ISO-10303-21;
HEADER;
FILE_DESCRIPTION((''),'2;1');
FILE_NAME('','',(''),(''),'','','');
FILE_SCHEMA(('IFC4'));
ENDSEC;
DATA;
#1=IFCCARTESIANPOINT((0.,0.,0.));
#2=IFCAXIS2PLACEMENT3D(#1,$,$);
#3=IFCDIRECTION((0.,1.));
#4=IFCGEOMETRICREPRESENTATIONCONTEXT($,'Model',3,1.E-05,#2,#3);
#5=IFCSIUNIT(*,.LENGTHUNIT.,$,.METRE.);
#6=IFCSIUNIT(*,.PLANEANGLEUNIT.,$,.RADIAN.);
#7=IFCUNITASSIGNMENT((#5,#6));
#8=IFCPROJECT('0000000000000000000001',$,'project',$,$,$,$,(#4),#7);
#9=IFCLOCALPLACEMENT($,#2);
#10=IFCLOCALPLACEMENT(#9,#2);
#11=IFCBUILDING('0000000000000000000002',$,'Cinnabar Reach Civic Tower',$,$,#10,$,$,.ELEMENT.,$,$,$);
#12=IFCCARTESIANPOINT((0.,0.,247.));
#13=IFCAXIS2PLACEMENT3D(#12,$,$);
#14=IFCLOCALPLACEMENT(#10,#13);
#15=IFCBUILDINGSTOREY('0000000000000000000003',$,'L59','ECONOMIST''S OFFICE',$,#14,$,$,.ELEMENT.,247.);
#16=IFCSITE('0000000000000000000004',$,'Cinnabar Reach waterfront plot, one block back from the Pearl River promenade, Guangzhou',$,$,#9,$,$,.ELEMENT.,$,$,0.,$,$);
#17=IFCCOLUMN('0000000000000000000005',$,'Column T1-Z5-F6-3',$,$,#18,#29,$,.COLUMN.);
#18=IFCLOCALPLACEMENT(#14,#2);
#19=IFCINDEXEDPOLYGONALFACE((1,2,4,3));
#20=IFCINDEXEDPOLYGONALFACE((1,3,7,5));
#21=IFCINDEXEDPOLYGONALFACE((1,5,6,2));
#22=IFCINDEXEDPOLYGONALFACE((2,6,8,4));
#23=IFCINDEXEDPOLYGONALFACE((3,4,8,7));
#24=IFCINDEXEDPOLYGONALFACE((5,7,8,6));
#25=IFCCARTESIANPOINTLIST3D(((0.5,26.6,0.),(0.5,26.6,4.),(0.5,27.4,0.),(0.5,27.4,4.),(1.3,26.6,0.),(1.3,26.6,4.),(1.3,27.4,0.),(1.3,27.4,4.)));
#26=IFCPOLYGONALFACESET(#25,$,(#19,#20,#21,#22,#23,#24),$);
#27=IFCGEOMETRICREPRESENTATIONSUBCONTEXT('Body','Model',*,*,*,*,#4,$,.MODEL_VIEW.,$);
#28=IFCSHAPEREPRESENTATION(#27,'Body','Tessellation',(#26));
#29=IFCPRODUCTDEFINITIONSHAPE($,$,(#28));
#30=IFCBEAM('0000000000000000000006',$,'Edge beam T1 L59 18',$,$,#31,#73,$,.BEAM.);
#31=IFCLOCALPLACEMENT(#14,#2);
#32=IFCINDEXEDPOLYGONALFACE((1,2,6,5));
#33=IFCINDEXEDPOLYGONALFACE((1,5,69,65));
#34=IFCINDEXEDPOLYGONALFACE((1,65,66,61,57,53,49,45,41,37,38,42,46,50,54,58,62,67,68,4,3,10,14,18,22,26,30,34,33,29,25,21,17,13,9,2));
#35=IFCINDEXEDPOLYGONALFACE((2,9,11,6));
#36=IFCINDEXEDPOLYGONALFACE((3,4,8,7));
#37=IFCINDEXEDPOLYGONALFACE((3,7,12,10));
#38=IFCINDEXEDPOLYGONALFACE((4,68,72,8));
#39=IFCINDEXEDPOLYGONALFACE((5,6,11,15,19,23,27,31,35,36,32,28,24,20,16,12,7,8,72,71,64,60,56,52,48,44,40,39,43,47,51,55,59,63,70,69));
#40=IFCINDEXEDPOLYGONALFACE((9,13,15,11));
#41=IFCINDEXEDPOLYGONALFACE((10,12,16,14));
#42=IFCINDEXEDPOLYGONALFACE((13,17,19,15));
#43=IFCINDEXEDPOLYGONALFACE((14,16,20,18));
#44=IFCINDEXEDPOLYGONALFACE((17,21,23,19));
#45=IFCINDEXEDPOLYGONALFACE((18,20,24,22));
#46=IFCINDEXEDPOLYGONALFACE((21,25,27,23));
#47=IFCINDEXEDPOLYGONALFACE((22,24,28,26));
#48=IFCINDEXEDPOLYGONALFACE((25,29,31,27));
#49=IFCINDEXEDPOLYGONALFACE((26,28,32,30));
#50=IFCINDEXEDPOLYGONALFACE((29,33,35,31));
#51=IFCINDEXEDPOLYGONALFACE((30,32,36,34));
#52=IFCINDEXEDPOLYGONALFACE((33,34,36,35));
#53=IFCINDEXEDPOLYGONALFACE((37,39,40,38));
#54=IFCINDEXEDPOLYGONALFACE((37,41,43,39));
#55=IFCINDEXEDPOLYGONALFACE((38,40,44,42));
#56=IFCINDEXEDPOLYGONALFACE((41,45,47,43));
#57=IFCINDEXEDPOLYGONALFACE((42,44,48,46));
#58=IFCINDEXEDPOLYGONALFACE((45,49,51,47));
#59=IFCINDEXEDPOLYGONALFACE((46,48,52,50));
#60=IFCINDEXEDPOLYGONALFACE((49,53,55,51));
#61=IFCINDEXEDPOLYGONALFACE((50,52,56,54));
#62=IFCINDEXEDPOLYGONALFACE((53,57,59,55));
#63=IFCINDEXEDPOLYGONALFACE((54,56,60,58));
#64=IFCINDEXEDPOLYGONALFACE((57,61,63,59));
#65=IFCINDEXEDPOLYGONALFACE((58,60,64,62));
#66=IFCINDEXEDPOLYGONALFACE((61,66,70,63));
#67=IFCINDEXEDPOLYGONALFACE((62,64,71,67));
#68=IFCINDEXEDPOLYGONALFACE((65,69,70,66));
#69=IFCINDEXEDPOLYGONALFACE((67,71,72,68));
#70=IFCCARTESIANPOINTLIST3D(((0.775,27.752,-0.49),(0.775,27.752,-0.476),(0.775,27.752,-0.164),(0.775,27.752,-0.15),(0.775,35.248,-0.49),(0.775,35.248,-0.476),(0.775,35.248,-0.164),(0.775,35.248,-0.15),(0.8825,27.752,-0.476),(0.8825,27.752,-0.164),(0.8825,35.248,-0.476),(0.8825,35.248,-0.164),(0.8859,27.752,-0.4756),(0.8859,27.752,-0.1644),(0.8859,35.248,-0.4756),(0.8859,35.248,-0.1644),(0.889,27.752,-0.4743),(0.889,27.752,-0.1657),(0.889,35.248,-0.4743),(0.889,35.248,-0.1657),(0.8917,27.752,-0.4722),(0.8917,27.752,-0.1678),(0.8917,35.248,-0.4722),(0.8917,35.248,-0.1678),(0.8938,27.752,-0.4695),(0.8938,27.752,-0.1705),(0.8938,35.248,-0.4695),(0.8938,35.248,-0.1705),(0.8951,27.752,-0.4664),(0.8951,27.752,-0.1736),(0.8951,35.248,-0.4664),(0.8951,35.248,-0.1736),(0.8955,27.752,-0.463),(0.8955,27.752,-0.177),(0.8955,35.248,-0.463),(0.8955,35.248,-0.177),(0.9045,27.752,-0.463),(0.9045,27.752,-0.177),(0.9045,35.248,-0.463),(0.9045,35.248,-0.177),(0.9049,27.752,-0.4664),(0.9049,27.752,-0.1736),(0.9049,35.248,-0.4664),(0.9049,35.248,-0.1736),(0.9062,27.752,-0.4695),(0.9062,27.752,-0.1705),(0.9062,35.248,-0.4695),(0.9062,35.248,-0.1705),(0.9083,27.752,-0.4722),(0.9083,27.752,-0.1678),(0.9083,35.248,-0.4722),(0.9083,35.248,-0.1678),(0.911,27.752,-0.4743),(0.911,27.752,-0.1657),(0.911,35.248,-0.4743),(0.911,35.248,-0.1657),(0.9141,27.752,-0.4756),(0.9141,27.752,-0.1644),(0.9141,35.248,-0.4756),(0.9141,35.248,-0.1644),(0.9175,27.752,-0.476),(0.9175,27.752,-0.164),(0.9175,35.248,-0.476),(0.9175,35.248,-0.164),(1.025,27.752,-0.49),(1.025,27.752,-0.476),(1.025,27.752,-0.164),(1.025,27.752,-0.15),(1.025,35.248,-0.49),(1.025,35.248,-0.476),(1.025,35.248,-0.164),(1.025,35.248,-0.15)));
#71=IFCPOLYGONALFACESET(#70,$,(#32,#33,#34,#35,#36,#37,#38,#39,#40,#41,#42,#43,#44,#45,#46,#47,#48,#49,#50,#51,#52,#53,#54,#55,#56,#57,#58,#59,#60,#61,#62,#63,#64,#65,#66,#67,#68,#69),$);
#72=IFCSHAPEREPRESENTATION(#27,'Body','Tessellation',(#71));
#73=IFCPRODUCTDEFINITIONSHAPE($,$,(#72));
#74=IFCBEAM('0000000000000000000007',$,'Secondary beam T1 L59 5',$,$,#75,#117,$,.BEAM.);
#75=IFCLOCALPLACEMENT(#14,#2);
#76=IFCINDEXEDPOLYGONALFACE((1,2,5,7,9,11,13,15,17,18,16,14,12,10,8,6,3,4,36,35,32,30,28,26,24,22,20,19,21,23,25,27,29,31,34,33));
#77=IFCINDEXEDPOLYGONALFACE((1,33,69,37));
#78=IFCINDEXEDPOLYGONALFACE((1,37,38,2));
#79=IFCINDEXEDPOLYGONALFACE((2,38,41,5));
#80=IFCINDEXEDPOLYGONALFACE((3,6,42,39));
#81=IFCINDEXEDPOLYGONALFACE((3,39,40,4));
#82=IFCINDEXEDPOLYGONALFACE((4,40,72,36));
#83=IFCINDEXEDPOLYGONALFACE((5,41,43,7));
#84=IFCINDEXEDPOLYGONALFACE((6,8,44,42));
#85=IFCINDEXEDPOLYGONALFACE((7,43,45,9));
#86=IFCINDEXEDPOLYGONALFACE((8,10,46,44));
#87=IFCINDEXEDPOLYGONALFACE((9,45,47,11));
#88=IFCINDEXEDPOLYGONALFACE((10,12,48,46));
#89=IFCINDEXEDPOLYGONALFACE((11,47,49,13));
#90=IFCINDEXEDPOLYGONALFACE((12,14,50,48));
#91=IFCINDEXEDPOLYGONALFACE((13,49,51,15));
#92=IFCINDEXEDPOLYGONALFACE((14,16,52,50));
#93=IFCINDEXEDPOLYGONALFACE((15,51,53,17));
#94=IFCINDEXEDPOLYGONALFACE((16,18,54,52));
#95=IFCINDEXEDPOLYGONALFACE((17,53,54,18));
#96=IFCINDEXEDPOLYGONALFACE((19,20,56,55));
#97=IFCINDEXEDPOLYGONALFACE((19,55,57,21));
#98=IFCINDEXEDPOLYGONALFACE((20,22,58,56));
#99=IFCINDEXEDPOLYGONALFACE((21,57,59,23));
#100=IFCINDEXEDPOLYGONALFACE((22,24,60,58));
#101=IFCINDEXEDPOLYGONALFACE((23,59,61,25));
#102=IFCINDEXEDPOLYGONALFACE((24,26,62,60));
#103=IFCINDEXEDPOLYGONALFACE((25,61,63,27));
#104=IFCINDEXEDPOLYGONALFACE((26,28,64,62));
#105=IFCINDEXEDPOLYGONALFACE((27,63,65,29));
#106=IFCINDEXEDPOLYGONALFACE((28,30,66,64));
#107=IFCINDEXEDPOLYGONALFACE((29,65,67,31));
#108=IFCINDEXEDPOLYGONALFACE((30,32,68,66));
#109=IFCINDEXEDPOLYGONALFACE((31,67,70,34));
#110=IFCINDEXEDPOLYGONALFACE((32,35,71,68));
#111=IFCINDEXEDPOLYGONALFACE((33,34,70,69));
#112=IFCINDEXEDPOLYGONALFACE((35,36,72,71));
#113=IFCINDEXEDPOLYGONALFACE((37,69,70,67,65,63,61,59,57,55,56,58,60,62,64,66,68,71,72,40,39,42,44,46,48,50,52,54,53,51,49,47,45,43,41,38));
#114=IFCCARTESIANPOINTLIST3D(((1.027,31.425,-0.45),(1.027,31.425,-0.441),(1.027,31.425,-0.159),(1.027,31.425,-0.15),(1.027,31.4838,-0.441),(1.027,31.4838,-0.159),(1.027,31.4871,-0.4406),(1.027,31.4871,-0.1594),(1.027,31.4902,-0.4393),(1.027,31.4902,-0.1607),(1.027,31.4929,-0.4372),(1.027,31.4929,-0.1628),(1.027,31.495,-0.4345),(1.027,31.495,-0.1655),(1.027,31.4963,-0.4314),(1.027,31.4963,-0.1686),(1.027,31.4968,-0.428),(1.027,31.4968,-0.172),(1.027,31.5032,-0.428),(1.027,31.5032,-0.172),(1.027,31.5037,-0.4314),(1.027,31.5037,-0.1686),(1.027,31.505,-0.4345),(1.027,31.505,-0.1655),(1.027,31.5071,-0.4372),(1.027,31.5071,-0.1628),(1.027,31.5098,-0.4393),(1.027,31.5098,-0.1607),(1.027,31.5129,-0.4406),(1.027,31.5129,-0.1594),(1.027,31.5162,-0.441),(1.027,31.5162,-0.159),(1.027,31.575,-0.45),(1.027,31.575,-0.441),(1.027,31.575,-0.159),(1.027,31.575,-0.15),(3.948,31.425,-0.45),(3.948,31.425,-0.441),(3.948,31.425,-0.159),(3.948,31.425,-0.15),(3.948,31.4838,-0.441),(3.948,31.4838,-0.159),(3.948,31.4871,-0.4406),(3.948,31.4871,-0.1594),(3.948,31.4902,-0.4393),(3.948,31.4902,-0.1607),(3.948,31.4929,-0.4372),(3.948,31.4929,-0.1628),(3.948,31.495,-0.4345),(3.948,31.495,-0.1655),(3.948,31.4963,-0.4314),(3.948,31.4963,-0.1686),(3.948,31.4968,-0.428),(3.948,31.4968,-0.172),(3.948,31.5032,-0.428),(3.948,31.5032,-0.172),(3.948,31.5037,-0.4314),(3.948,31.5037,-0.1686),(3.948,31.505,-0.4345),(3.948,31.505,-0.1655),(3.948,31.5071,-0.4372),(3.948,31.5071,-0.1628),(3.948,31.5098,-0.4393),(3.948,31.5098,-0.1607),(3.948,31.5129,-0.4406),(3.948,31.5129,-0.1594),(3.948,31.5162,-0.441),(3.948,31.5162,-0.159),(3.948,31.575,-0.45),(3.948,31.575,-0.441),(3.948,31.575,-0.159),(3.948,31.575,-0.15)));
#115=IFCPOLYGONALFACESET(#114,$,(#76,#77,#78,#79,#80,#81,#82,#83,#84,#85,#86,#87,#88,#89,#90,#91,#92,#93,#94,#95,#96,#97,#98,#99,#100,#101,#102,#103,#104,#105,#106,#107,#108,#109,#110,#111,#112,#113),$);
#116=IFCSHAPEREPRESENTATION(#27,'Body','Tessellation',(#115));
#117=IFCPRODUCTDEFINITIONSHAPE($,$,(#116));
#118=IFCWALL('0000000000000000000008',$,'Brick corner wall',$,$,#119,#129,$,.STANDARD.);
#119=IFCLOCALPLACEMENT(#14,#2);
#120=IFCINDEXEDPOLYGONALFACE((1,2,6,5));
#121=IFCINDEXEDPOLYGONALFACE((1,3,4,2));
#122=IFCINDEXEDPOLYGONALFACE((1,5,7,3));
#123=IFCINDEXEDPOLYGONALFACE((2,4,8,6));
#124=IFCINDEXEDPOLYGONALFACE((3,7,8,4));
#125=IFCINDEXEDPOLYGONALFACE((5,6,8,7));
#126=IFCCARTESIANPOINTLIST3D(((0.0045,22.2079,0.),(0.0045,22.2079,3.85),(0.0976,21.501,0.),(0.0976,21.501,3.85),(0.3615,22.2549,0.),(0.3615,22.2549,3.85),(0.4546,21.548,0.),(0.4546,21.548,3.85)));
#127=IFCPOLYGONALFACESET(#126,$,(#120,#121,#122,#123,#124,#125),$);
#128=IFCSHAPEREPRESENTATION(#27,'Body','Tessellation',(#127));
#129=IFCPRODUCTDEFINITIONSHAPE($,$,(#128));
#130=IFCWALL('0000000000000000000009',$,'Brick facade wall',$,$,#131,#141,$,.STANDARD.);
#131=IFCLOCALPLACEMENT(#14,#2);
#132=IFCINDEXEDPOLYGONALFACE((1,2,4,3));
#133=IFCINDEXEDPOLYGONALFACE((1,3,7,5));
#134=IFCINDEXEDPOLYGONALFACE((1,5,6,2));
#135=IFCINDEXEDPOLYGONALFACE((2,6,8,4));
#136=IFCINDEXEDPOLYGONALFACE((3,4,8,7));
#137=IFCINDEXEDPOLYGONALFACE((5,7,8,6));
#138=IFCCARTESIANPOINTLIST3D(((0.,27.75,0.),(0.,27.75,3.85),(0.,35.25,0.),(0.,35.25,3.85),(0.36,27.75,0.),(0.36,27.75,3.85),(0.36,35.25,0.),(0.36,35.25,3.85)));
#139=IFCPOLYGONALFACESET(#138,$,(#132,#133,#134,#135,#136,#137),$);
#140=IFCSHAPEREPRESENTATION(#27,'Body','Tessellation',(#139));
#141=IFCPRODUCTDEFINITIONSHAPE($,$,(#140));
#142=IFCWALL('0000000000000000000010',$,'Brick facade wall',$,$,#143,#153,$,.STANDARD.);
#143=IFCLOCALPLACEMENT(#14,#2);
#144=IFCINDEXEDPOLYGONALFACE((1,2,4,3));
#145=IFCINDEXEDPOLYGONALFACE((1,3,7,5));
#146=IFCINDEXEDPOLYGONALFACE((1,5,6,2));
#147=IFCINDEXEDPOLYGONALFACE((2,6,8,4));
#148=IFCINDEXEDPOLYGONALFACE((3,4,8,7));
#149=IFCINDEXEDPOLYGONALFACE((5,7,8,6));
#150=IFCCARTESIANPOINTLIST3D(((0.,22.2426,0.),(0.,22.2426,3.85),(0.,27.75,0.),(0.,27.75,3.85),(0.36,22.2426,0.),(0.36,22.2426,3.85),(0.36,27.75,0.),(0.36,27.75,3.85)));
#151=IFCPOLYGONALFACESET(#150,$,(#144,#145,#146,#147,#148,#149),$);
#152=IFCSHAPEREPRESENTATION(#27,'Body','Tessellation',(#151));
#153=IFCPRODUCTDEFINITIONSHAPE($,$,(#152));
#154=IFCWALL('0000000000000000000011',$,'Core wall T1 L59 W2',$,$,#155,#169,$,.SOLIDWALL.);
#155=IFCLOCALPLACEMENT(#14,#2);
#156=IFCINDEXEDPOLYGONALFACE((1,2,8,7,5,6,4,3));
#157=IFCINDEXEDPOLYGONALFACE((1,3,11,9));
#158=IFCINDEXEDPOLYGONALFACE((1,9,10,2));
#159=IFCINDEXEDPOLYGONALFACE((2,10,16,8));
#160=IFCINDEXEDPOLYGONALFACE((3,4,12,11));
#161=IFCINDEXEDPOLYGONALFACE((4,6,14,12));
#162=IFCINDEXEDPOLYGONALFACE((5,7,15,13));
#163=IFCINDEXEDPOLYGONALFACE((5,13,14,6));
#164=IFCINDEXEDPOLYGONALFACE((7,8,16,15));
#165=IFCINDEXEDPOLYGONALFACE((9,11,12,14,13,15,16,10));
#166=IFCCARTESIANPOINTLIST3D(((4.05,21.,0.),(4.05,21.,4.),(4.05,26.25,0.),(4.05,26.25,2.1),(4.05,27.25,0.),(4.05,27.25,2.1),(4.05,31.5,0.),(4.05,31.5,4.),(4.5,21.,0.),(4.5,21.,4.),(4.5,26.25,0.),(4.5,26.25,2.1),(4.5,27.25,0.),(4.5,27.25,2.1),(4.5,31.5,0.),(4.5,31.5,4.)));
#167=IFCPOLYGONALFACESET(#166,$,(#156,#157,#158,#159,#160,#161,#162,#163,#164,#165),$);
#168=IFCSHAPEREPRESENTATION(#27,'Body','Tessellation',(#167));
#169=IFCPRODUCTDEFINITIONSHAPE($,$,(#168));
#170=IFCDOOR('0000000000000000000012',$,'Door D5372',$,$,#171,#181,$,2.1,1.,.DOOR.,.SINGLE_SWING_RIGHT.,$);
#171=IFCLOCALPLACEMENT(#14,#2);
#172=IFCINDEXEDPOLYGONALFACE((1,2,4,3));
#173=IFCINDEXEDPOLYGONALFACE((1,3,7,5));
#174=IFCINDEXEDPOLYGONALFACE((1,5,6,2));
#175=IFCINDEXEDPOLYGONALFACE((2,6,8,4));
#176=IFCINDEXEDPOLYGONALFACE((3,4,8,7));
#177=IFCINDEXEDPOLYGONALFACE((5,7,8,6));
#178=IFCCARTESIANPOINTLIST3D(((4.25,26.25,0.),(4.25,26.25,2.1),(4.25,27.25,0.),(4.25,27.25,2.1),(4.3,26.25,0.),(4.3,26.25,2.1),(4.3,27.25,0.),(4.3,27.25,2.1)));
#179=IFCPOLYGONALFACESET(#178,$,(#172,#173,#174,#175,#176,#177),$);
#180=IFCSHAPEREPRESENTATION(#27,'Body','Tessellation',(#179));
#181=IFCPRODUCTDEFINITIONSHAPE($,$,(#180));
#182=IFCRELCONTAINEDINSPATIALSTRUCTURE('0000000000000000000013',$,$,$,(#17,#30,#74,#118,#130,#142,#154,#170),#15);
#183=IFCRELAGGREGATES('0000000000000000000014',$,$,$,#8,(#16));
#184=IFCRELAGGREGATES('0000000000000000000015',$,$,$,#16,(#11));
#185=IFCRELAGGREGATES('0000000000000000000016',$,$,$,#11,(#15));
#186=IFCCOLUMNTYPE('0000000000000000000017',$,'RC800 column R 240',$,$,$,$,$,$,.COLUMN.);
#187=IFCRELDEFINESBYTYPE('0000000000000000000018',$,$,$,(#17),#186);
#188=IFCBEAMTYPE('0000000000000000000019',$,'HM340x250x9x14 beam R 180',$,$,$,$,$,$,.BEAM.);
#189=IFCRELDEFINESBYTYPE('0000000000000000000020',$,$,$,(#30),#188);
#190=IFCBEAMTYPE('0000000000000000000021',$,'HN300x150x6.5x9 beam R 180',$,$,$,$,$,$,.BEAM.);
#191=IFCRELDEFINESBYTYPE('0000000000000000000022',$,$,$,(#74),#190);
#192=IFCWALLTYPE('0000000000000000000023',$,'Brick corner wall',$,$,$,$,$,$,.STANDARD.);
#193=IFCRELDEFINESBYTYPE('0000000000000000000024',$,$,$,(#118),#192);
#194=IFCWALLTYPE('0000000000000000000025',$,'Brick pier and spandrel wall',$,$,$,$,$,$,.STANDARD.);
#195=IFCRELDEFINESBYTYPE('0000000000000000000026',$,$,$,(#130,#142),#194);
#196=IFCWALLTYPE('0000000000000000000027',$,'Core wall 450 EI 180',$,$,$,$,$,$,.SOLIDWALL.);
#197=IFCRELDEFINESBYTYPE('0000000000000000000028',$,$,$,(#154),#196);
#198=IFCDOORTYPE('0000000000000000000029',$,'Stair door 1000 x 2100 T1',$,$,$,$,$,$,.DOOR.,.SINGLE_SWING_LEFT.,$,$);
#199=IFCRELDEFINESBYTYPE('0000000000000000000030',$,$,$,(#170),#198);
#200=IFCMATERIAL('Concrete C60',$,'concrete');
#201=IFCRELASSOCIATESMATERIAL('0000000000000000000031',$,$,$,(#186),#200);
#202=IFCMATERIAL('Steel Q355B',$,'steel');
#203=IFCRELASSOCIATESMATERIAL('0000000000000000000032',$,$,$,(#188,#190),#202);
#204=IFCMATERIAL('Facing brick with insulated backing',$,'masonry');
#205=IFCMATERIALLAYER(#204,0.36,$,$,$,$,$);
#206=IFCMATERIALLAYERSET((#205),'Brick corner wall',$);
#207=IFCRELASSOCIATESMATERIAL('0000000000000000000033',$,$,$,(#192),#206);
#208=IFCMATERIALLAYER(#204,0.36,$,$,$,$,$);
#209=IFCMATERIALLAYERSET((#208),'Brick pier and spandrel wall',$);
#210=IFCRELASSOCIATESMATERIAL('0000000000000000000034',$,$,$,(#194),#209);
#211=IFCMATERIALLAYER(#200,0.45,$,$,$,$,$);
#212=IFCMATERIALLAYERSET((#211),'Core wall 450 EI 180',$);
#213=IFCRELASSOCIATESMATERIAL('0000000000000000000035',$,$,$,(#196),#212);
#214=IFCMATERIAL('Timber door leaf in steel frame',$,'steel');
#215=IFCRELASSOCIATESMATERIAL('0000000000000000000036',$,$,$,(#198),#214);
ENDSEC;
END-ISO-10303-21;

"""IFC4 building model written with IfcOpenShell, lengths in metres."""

from ifc_helpers import new_model, si_unit, direction, frame, frame_2d, origin, origin_2d, place, context, subcontext, project, spatial, rectangle, i_section, extrude, material, layer, layer_set, material_profile, profile_set, type_object, element, fill, save


model = new_model("IFC4")

# Units and contexts
model_context = context("Model", 3, precision=1e-05, world=origin(), true_north=direction((0.0, 1.0)))
body_context = subcontext(model_context, "Body", "Model", "MODEL_VIEW")
ifc_project = project(units=[si_unit("LENGTHUNIT", "METRE"), si_unit("PLANEANGLEUNIT", "RADIAN")], contexts=[model_context])

# Site, building, storey
site_placement = place(None, origin())
site = spatial("IfcSite", under=ifc_project, at=site_placement, Name="Cinnabar Reach waterfront plot, one block back from the Pearl River promenade, Guangzhou", CompositionType="ELEMENT", RefElevation=0.0)
building_placement = place(site_placement, origin())
building = spatial("IfcBuilding", under=site, at=building_placement, Name="Cinnabar Reach Civic Tower", CompositionType="ELEMENT")
storey_placement = place(building_placement, frame((0.0, 0.0, 247.0)))
storey = spatial("IfcBuildingStorey", under=building, at=storey_placement, Name="L59", Description="ECONOMIST'S OFFICE", CompositionType="ELEMENT", Elevation=247.0)

# Column
ifc_material_1 = material(Name="Concrete C60", Category="concrete")
ifc_material_profile_1 = material_profile(ifc_material_1, rectangle(XDim=0.8, YDim=0.8, at=origin_2d()), Name="RC800")
ifc_profile_set_1 = profile_set([ifc_material_profile_1], Name="Concrete C60")
column_type = type_object("IfcColumnType", Name="RC800 column R 240", PredefinedType="COLUMN", material=ifc_profile_set_1)
column_placement = place(storey_placement, frame((0.9, 27.0, 0.0), z_axis=(0.0, 0.0, 1.0), x_axis=(1.0, 0.0, 0.0)))
element("IfcColumn", 1, at=column_placement, inside=storey, type_object=column_type, Name="Column T1-Z5-F6-3", PredefinedType="COLUMN", context=body_context, shape_type="SweptSolid", body=[
    extrude(rectangle(XDim=0.8, YDim=0.8, at=origin_2d()), origin(), (0.0, 0.0, 1.0), 4.0),
])

# Beams
ifc_material_2 = material(Name="Steel Q355B", Category="steel")
ifc_material_profile_2 = material_profile(ifc_material_2, i_section(OverallWidth=0.25, OverallDepth=0.34, WebThickness=0.009, FlangeThickness=0.014, FilletRadius=0.013, at=origin_2d()), Name="HM340x250x9x14")
ifc_profile_set_2 = profile_set([ifc_material_profile_2], Name="Steel Q355B")
beam_type_1 = type_object("IfcBeamType", Name="HM340x250x9x14 beam R 180", PredefinedType="BEAM", material=ifc_profile_set_2)
beam_1_placement = place(storey_placement, frame((0.9, 35.248, -0.32), z_axis=(0.0, -1.0, 0.0), x_axis=(1.0, 0.0, 0.0)))
element("IfcBeam", 2, at=beam_1_placement, inside=storey, type_object=beam_type_1, Name="Edge beam T1 L59 18", PredefinedType="BEAM", context=body_context, shape_type="SweptSolid", body=[
    extrude(i_section(OverallWidth=0.25, OverallDepth=0.34, WebThickness=0.009, FlangeThickness=0.014, FilletRadius=0.013, at=origin_2d()), origin(), (0.0, 0.0, 1.0), 7.496),
])
ifc_material_profile_3 = material_profile(ifc_material_2, i_section(OverallWidth=0.15, OverallDepth=0.3, WebThickness=0.0065, FlangeThickness=0.009, FilletRadius=0.013, at=origin_2d()), Name="HN300x150x6.5x9")
ifc_profile_set_3 = profile_set([ifc_material_profile_3], Name="Steel Q355B")
beam_type_2 = type_object("IfcBeamType", Name="HN300x150x6.5x9 beam R 180", PredefinedType="BEAM", material=ifc_profile_set_3)
beam_2_placement = place(storey_placement, frame((1.027, 31.5, -0.3), z_axis=(1.0, 0.0, 0.0), x_axis=(0.0, 1.0, 0.0)))
element("IfcBeam", 3, at=beam_2_placement, inside=storey, type_object=beam_type_2, Name="Secondary beam T1 L59 5", PredefinedType="BEAM", context=body_context, shape_type="SweptSolid", body=[
    extrude(i_section(OverallWidth=0.15, OverallDepth=0.3, WebThickness=0.0065, FlangeThickness=0.009, FilletRadius=0.013, at=origin_2d()), origin(), (0.0, 0.0, 1.0), 2.921),
])

# Walls
ifc_material_3 = material(Name="Facing brick with insulated backing", Category="masonry")
ifc_layer_1 = layer(ifc_material_3, 0.36)
ifc_layer_set_1 = layer_set([ifc_layer_1], Name="Brick corner wall")
wall_type_1 = type_object("IfcWallType", Name="Brick corner wall", PredefinedType="STANDARD", material=ifc_layer_set_1)
wall_1_placement = place(storey_placement, frame((0.183, 22.2314, 0.0), z_axis=(0.0, 0.0, 1.0), x_axis=(0.130556, -0.991441, 0.0)))
element("IfcWall", 4, at=wall_1_placement, inside=storey, type_object=wall_type_1, Name="Brick corner wall", PredefinedType="STANDARD", context=body_context, shape_type="SweptSolid", body=[
    extrude(rectangle(XDim=0.7131, YDim=0.36, at=frame_2d((0.3565, 0.0))), origin(), (0.0, 0.0, 1.0), 3.85),
])
ifc_layer_2 = layer(ifc_material_3, 0.36)
ifc_layer_set_2 = layer_set([ifc_layer_2], Name="Brick pier and spandrel wall")
wall_type_2 = type_object("IfcWallType", Name="Brick pier and spandrel wall", PredefinedType="STANDARD", material=ifc_layer_set_2)
wall_2_placement = place(storey_placement, frame((0.18, 35.25, 0.0), z_axis=(0.0, 0.0, 1.0), x_axis=(0.0, -1.0, 0.0)))
element("IfcWall", 5, at=wall_2_placement, inside=storey, type_object=wall_type_2, Name="Brick facade wall", PredefinedType="STANDARD", context=body_context, shape_type="SweptSolid", body=[
    extrude(rectangle(XDim=7.5, YDim=0.36, at=frame_2d((3.75, 0.0))), origin(), (0.0, 0.0, 1.0), 3.85),
])
wall_3_placement = place(storey_placement, frame((0.18, 27.75, 0.0), z_axis=(0.0, 0.0, 1.0), x_axis=(0.0, -1.0, 0.0)))
element("IfcWall", 6, at=wall_3_placement, inside=storey, type_object=wall_type_2, Name="Brick facade wall", PredefinedType="STANDARD", context=body_context, shape_type="SweptSolid", body=[
    extrude(rectangle(XDim=5.5074, YDim=0.36, at=frame_2d((2.7537, 0.0))), origin(), (0.0, 0.0, 1.0), 3.85),
])

# Wall, opening, door
ifc_layer_3 = layer(ifc_material_1, 0.45)
ifc_layer_set_3 = layer_set([ifc_layer_3], Name="Core wall 450 EI 180")
wall_type_3 = type_object("IfcWallType", Name="Core wall 450 EI 180", PredefinedType="SOLIDWALL", material=ifc_layer_set_3)
wall_4_placement = place(storey_placement, frame((4.275, 31.5, 0.0), z_axis=(0.0, 0.0, 1.0), x_axis=(0.0, -1.0, 0.0)))
wall_4 = element("IfcWall", 7, at=wall_4_placement, inside=storey, type_object=wall_type_3, Name="Core wall T1 L59 W2", PredefinedType="SOLIDWALL", context=body_context, shape_type="SweptSolid", body=[
    extrude(rectangle(XDim=10.5, YDim=0.45, at=frame_2d((5.25, 0.0))), origin(), (0.0, 0.0, 1.0), 4.0),
])
opening_1_placement = place(wall_4_placement, frame((4.25, 0.0, 0.0)))
opening_1 = element("IfcOpeningElement", 8, at=opening_1_placement, cuts=wall_4, PredefinedType="OPENING", context=body_context, shape_type="SweptSolid", body=[
    extrude(rectangle(XDim=1.0, YDim=2.1, at=frame_2d((0.5, 1.05))), frame((0.0, 0.235, 0.0), z_axis=(0.0, -1.0, 0.0), x_axis=(1.0, 0.0, 0.0)), (0.0, 0.0, 1.0), 0.47),
])
ifc_material_4 = material(Name="Timber door leaf in steel frame", Category="steel")
door_type = type_object("IfcDoorType", Name="Stair door 1000 x 2100 T1", OperationType="SINGLE_SWING_LEFT", PredefinedType="DOOR", material=ifc_material_4)
door_1_placement = place(opening_1_placement, frame((1.0, 0.0, 0.0), z_axis=(0.0, 0.0, 1.0), x_axis=(-1.0, 0.0, 0.0)))
door_1 = element("IfcDoor", 9, at=door_1_placement, inside=storey, type_object=door_type, Name="Door D5372", OperationType="SINGLE_SWING_RIGHT", OverallHeight=2.1, OverallWidth=1.0, PredefinedType="DOOR", context=body_context, shape_type="SweptSolid", body=[
    extrude(rectangle(XDim=1.0, YDim=2.1, at=frame_2d((0.5, 1.05))), frame((0.0, 0.025, 0.0), z_axis=(0.0, -1.0, 0.0), x_axis=(1.0, 0.0, 0.0)), (0.0, 0.0, 1.0), 0.05),
])
fill(opening_1, door_1)

save(model, "model.ifc")
